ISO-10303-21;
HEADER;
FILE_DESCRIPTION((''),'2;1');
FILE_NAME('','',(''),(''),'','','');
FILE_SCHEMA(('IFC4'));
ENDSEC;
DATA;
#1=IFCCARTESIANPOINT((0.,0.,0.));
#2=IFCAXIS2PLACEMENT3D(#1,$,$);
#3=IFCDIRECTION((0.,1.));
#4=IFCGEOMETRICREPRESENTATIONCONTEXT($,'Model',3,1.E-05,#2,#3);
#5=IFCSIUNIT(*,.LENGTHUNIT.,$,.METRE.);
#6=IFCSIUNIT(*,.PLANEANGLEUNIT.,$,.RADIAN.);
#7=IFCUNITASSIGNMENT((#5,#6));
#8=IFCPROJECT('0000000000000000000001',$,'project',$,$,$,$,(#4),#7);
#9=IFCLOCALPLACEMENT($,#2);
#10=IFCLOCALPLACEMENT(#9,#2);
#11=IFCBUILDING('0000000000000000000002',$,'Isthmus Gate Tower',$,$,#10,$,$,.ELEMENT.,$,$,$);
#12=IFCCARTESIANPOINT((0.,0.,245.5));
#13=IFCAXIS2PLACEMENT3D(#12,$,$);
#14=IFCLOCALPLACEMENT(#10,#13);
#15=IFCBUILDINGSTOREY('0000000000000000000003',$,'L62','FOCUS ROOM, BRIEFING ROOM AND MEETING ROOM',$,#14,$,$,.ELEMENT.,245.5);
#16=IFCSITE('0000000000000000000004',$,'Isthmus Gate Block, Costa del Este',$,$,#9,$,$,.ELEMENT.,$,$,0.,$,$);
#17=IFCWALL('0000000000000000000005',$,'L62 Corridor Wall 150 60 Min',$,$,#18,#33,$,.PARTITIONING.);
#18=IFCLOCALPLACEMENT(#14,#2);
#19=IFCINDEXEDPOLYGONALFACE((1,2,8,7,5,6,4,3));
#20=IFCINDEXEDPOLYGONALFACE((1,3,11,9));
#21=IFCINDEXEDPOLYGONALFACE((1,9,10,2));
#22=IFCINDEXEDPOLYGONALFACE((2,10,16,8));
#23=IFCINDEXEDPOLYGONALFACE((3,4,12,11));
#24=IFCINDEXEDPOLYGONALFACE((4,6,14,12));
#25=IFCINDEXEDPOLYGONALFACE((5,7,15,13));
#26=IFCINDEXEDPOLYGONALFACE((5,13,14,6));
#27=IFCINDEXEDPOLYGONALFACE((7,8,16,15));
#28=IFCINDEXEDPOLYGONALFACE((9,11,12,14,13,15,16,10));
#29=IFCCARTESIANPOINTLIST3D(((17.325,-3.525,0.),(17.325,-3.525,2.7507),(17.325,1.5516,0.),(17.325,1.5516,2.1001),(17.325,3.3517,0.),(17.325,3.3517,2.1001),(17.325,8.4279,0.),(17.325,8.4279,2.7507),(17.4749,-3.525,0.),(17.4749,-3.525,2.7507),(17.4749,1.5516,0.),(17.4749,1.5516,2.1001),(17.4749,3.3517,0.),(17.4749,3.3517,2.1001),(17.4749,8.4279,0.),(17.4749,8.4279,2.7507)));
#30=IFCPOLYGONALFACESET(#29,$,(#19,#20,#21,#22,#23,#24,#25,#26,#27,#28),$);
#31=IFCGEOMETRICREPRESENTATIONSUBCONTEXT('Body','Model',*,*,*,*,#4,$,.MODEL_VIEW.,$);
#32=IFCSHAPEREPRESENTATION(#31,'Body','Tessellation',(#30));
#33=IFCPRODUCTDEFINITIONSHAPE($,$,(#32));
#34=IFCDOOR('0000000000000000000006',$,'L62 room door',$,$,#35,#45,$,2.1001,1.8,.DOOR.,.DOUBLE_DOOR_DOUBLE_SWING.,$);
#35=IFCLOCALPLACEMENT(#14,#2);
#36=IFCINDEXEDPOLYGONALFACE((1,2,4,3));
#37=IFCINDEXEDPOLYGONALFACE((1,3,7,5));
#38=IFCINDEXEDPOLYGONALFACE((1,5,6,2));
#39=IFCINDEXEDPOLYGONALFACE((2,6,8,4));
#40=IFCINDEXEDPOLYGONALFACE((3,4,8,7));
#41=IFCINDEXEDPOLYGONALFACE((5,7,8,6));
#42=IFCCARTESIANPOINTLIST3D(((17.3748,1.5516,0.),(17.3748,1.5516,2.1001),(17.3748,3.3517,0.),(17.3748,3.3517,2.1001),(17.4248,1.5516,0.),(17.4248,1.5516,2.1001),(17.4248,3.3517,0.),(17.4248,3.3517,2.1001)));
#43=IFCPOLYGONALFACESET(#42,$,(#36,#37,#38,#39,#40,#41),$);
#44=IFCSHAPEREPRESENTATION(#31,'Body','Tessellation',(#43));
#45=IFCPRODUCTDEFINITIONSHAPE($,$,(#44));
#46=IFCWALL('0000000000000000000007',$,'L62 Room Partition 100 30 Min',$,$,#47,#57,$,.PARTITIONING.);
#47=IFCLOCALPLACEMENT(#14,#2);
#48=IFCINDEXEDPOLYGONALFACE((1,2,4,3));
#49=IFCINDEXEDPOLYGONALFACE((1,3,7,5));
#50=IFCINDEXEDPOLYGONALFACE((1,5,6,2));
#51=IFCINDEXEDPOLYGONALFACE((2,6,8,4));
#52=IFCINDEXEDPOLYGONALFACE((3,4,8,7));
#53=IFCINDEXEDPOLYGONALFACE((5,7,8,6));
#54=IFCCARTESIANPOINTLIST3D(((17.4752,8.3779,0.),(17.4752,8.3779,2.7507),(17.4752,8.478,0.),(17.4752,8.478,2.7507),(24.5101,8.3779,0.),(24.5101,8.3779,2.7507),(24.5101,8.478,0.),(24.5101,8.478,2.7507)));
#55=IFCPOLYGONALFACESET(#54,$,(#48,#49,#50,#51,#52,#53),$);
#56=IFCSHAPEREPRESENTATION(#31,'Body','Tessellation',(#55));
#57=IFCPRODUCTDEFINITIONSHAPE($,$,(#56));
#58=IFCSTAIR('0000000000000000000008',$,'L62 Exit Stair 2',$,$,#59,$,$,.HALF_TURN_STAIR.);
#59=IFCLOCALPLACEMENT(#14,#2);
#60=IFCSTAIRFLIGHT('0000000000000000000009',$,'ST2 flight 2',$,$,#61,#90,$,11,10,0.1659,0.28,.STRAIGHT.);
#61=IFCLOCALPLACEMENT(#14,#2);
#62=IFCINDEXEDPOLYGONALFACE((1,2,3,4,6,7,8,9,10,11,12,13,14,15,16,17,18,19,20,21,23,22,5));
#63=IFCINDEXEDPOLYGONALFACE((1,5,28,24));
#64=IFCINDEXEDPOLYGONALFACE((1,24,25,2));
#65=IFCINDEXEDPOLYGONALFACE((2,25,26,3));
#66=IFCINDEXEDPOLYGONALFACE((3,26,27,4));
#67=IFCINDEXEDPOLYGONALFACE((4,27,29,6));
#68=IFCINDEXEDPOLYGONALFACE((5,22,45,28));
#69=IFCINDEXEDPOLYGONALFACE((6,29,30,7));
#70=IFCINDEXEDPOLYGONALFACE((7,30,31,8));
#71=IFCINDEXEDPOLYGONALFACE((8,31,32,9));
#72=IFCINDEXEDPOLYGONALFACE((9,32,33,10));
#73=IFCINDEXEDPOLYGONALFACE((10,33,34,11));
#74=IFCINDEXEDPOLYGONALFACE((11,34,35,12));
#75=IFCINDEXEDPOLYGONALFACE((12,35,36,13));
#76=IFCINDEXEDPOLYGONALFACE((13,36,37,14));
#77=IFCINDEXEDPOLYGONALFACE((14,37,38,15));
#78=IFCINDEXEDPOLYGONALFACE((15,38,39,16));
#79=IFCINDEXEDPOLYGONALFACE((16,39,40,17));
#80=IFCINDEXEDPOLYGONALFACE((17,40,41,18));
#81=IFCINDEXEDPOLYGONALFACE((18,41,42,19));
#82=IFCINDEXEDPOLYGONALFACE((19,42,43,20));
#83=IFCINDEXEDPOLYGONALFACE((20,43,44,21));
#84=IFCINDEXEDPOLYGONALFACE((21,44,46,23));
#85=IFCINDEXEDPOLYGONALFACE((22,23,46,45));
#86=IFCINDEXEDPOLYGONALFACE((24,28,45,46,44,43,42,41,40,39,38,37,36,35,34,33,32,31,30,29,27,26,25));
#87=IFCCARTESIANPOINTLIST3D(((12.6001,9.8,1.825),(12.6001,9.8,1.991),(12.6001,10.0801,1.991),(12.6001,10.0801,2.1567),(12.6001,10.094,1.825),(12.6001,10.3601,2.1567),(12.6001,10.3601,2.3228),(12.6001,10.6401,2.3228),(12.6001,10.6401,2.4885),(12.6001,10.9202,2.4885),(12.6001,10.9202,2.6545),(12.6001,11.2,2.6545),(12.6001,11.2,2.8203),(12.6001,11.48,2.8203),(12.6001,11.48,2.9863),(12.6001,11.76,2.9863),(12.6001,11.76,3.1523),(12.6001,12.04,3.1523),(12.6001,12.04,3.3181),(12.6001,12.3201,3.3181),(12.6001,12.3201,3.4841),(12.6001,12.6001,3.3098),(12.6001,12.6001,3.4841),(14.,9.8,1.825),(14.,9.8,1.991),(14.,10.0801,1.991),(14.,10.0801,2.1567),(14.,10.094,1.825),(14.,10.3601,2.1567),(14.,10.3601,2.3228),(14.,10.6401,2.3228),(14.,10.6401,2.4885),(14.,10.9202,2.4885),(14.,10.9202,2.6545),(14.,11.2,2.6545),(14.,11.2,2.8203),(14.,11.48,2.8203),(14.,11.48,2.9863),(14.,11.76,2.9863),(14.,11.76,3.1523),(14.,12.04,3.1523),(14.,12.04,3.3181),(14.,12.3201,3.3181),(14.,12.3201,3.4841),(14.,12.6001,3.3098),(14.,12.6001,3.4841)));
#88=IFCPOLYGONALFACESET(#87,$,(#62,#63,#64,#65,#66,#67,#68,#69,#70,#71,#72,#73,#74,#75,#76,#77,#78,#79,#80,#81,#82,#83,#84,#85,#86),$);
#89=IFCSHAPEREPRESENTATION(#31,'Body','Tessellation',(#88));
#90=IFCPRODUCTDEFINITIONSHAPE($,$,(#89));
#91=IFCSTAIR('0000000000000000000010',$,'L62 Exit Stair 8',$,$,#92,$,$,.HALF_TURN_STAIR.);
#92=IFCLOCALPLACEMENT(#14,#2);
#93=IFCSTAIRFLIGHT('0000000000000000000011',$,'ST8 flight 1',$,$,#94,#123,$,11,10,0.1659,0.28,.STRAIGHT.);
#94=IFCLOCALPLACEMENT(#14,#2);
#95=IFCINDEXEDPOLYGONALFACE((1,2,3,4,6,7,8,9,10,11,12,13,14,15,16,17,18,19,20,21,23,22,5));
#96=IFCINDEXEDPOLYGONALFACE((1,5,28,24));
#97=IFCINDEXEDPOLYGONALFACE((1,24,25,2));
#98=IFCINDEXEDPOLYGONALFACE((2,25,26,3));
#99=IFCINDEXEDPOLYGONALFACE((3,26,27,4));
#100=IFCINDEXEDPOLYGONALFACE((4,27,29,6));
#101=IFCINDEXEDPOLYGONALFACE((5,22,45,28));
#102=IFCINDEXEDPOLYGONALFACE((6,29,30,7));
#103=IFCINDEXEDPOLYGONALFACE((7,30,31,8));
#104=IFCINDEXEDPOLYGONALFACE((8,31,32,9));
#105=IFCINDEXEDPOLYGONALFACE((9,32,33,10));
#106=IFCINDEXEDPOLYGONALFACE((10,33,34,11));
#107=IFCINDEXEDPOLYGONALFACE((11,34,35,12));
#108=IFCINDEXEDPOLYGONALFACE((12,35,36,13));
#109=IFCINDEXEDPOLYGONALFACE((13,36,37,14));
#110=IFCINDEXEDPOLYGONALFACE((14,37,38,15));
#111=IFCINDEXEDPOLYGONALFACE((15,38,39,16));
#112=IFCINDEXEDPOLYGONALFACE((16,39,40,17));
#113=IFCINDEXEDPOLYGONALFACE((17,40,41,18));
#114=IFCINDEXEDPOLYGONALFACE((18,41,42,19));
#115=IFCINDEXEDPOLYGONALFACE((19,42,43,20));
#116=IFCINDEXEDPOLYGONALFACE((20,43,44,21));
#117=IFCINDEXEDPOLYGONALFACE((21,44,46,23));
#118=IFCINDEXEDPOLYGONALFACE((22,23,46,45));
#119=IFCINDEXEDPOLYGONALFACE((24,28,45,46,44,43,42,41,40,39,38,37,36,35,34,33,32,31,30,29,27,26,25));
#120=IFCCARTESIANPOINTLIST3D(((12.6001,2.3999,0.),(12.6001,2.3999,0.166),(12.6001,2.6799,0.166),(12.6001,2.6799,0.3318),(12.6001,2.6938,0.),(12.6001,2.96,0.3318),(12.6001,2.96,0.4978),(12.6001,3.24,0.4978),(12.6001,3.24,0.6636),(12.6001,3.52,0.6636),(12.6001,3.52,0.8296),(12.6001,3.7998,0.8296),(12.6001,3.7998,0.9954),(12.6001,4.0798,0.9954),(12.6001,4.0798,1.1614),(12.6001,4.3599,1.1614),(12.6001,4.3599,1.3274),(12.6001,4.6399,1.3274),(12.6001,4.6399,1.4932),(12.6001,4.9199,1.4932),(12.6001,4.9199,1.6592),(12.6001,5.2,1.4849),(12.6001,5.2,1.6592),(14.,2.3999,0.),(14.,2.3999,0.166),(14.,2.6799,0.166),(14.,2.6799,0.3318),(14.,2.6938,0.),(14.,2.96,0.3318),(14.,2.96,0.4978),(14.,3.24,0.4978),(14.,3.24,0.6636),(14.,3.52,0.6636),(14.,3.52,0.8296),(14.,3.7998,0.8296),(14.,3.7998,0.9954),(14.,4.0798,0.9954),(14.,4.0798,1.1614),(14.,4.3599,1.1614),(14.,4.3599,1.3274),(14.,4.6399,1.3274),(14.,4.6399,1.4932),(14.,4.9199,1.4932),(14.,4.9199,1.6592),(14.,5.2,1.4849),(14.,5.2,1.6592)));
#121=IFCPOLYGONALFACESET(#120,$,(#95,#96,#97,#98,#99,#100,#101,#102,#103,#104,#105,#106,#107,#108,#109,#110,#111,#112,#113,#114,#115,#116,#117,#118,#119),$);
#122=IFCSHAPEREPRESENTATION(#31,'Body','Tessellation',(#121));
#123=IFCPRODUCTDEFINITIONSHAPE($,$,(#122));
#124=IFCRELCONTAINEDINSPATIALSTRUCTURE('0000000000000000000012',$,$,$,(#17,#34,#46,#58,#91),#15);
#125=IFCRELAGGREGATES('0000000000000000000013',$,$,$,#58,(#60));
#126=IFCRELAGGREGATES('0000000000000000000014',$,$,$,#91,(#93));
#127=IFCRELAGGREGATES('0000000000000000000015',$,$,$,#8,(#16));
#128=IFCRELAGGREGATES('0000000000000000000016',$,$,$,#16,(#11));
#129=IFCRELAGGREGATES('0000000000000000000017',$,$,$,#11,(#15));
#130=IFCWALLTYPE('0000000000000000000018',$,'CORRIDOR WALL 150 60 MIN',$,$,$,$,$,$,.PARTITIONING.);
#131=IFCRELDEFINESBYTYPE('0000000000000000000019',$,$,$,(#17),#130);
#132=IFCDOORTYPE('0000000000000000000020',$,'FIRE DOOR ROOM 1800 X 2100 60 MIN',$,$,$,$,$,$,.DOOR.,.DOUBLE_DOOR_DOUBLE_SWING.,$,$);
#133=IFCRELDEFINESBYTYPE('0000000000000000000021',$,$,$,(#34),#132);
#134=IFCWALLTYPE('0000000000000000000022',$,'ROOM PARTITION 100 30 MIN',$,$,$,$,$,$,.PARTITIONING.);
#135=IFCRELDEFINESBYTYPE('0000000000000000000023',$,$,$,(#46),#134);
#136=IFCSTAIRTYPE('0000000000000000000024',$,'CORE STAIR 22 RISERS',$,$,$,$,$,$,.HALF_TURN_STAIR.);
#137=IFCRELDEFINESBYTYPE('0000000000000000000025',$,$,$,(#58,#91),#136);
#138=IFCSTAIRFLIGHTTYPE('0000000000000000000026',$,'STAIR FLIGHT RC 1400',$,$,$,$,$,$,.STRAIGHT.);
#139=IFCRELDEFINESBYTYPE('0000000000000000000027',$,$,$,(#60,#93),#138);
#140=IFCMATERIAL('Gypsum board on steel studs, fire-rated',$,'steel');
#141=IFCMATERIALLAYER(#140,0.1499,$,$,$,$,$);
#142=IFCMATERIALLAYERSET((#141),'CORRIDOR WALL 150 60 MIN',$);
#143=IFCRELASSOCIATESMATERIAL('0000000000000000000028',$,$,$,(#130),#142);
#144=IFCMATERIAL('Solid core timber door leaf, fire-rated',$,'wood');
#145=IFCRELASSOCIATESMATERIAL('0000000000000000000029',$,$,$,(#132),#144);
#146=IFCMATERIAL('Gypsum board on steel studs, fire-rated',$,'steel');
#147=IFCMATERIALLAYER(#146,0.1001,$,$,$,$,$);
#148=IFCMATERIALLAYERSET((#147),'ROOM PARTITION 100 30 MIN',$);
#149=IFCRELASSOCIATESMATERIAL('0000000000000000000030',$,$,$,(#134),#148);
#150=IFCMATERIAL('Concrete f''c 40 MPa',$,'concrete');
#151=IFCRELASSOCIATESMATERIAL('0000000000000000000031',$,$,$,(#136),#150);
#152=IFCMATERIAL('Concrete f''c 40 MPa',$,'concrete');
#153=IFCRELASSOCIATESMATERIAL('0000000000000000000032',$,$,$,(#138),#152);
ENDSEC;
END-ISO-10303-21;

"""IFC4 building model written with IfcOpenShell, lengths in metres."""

from ifc_helpers import new_model, si_unit, direction, frame, frame_2d, origin, place, context, subcontext, project, spatial, polyline, rectangle, outline, extrude, material, layer, layer_set, type_object, element, fill, aggregate, save


model = new_model("IFC4")

# Units and contexts
model_context = context("Model", 3, precision=1e-05, world=origin(), true_north=direction((0.0, 1.0)))
body_context = subcontext(model_context, "Body", "Model", "MODEL_VIEW")
ifc_project = project(units=[si_unit("LENGTHUNIT", "METRE"), si_unit("PLANEANGLEUNIT", "RADIAN")], contexts=[model_context])

# Site, building, storey
site_placement = place(None, origin())
site = spatial("IfcSite", under=ifc_project, at=site_placement, Name="Isthmus Gate Block, Costa del Este", CompositionType="ELEMENT", RefElevation=0.0)
building_placement = place(site_placement, origin())
building = spatial("IfcBuilding", under=site, at=building_placement, Name="Isthmus Gate Tower", CompositionType="ELEMENT")
storey_placement = place(building_placement, frame((0.0, 0.0, 245.5)))
storey = spatial("IfcBuildingStorey", under=building, at=storey_placement, Name="L62", Description="FOCUS ROOM, BRIEFING ROOM AND MEETING ROOM", CompositionType="ELEMENT", Elevation=245.5)

# Wall, opening, door
ifc_material_1 = material(Name="Gypsum board on steel studs, fire-rated", Category="steel")
ifc_layer_1 = layer(ifc_material_1, 0.1499)
ifc_layer_set_1 = layer_set([ifc_layer_1], Name="CORRIDOR WALL 150 60 MIN")
wall_type_1 = type_object("IfcWallType", Name="CORRIDOR WALL 150 60 MIN", PredefinedType="PARTITIONING", material=ifc_layer_set_1)
wall_1_placement = place(storey_placement, frame((17.3999, 8.428, 0.0), z_axis=(0.0, 0.0, 1.0), x_axis=(0.0, -1.0, 0.0)))
wall_1 = element("IfcWall", 1, at=wall_1_placement, inside=storey, type_object=wall_type_1, Name="L62 Corridor Wall 150 60 Min", PredefinedType="PARTITIONING", context=body_context, shape_type="SweptSolid", body=[
    extrude(rectangle(XDim=11.9529, YDim=0.1499, at=frame_2d((5.9766, 0.0))), origin(), (0.0, 0.0, 1.0), 2.7507),
])
opening_placement = place(wall_1_placement, frame((5.0764, 0.0, 0.0)))
opening = element("IfcOpeningElement", 2, at=opening_placement, cuts=wall_1, PredefinedType="OPENING", context=body_context, shape_type="SweptSolid", body=[
    extrude(rectangle(XDim=1.8, YDim=2.1001, at=frame_2d((0.8999, 1.05))), frame((0.0, 0.085, 0.0), z_axis=(0.0, -1.0, 0.0), x_axis=(1.0, 0.0, 0.0)), (0.0, 0.0, 1.0), 0.1699),
])
ifc_material_2 = material(Name="Solid core timber door leaf, fire-rated", Category="wood")
door_type = type_object("IfcDoorType", Name="FIRE DOOR ROOM 1800 X 2100 60 MIN", OperationType="DOUBLE_DOOR_DOUBLE_SWING", PredefinedType="DOOR", material=ifc_material_2)
door_placement = place(opening_placement, origin())
door = element("IfcDoor", 3, at=door_placement, inside=storey, type_object=door_type, Name="L62 room door", OperationType="DOUBLE_DOOR_DOUBLE_SWING", OverallHeight=2.1001, OverallWidth=1.8, PredefinedType="DOOR", context=body_context, shape_type="SweptSolid", body=[
    extrude(rectangle(XDim=1.8, YDim=2.1001, at=frame_2d((0.8999, 1.05))), frame((0.0, 0.0249, 0.0), z_axis=(0.0, -1.0, 0.0), x_axis=(1.0, 0.0, 0.0)), (0.0, 0.0, 1.0), 0.05),
])
fill(opening, door)

# Wall
ifc_material_3 = material(Name="Gypsum board on steel studs, fire-rated", Category="steel")
ifc_layer_2 = layer(ifc_material_3, 0.1001)
ifc_layer_set_2 = layer_set([ifc_layer_2], Name="ROOM PARTITION 100 30 MIN")
wall_type_2 = type_object("IfcWallType", Name="ROOM PARTITION 100 30 MIN", PredefinedType="PARTITIONING", material=ifc_layer_set_2)
wall_2_placement = place(storey_placement, frame((17.4751, 8.428, 0.0), z_axis=(0.0, 0.0, 1.0), x_axis=(1.0, 0.0, 0.0)))
element("IfcWall", 4, at=wall_2_placement, inside=storey, type_object=wall_type_2, Name="L62 Room Partition 100 30 Min", PredefinedType="PARTITIONING", context=body_context, shape_type="SweptSolid", body=[
    extrude(rectangle(XDim=7.0349, YDim=0.1001, at=frame_2d((3.5176, 0.0))), origin(), (0.0, 0.0, 1.0), 2.7507),
])

# Stairs, stair flights
ifc_material_4 = material(Name="Concrete f'c 40 MPa", Category="concrete")
stair_type = type_object("IfcStairType", Name="CORE STAIR 22 RISERS", PredefinedType="HALF_TURN_STAIR", material=ifc_material_4)
stair_1_placement = place(storey_placement, origin())
stair_1 = element("IfcStair", 5, at=stair_1_placement, inside=storey, type_object=stair_type, Name="L62 Exit Stair 2", PredefinedType="HALF_TURN_STAIR")
ifc_material_5 = material(Name="Concrete f'c 40 MPa", Category="concrete")
stair_flight_type = type_object("IfcStairFlightType", Name="STAIR FLIGHT RC 1400", PredefinedType="STRAIGHT", material=ifc_material_5)
stair_flight_1_placement = place(storey_placement, frame((13.3, 9.8, 1.825), z_axis=(0.0, 0.0, 1.0), x_axis=(0.0, 1.0, 0.0)))
stair_flight_1 = element("IfcStairFlight", 6, at=stair_flight_1_placement, type_object=stair_flight_type, Name="ST2 flight 2", NumberOfRisers=11, NumberOfTreads=10, PredefinedType="STRAIGHT", RiserHeight=0.1659, TreadLength=0.28, context=body_context, shape_type="SweptSolid", body=[
    extrude(outline(polyline([(0.0, 0.0), (0.0, 0.166), (0.28, 0.166), (0.28, 0.3318), (0.5601, 0.3318), (0.5601, 0.4978), (0.8401, 0.4978), (0.8401, 0.6636), (1.1201, 0.6636), (1.1201, 0.8296), (1.3999, 0.8296), (1.3999, 0.9954), (1.6799, 0.9954), (1.6799, 1.1614), (1.96, 1.1614), (1.96, 1.3274), (2.24, 1.3274), (2.24, 1.4932), (2.52, 1.4932), (2.52, 1.6592), (2.8, 1.6592), (2.8, 1.825), (2.8, 1.4849), (0.2939, 0.0), (0.0, 0.0)])), frame((0.0, 0.7, 0.0), z_axis=(0.0, -1.0, 0.0), x_axis=(1.0, 0.0, 0.0)), (0.0, 0.0, 1.0), 1.3999),
])
aggregate(stair_1, [stair_flight_1])
stair_2_placement = place(storey_placement, origin())
stair_2 = element("IfcStair", 7, at=stair_2_placement, inside=storey, type_object=stair_type, Name="L62 Exit Stair 8", PredefinedType="HALF_TURN_STAIR")
stair_flight_2_placement = place(storey_placement, frame((13.3, 2.3999, 0.0), z_axis=(0.0, 0.0, 1.0), x_axis=(0.0, 1.0, 0.0)))
stair_flight_2 = element("IfcStairFlight", 8, at=stair_flight_2_placement, type_object=stair_flight_type, Name="ST8 flight 1", NumberOfRisers=11, NumberOfTreads=10, PredefinedType="STRAIGHT", RiserHeight=0.1659, TreadLength=0.28, context=body_context, shape_type="SweptSolid", body=[
    extrude(outline(polyline([(0.0, 0.0), (0.0, 0.166), (0.28, 0.166), (0.28, 0.3318), (0.5601, 0.3318), (0.5601, 0.4978), (0.8401, 0.4978), (0.8401, 0.6636), (1.1201, 0.6636), (1.1201, 0.8296), (1.3999, 0.8296), (1.3999, 0.9954), (1.6799, 0.9954), (1.6799, 1.1614), (1.96, 1.1614), (1.96, 1.3274), (2.24, 1.3274), (2.24, 1.4932), (2.52, 1.4932), (2.52, 1.6592), (2.8, 1.6592), (2.8, 1.825), (2.8, 1.4849), (0.2939, 0.0), (0.0, 0.0)])), frame((0.0, 0.7, 0.0), z_axis=(0.0, -1.0, 0.0), x_axis=(1.0, 0.0, 0.0)), (0.0, 0.0, 1.0), 1.3999),
])
aggregate(stair_2, [stair_flight_2])

save(model, "model.ifc")
